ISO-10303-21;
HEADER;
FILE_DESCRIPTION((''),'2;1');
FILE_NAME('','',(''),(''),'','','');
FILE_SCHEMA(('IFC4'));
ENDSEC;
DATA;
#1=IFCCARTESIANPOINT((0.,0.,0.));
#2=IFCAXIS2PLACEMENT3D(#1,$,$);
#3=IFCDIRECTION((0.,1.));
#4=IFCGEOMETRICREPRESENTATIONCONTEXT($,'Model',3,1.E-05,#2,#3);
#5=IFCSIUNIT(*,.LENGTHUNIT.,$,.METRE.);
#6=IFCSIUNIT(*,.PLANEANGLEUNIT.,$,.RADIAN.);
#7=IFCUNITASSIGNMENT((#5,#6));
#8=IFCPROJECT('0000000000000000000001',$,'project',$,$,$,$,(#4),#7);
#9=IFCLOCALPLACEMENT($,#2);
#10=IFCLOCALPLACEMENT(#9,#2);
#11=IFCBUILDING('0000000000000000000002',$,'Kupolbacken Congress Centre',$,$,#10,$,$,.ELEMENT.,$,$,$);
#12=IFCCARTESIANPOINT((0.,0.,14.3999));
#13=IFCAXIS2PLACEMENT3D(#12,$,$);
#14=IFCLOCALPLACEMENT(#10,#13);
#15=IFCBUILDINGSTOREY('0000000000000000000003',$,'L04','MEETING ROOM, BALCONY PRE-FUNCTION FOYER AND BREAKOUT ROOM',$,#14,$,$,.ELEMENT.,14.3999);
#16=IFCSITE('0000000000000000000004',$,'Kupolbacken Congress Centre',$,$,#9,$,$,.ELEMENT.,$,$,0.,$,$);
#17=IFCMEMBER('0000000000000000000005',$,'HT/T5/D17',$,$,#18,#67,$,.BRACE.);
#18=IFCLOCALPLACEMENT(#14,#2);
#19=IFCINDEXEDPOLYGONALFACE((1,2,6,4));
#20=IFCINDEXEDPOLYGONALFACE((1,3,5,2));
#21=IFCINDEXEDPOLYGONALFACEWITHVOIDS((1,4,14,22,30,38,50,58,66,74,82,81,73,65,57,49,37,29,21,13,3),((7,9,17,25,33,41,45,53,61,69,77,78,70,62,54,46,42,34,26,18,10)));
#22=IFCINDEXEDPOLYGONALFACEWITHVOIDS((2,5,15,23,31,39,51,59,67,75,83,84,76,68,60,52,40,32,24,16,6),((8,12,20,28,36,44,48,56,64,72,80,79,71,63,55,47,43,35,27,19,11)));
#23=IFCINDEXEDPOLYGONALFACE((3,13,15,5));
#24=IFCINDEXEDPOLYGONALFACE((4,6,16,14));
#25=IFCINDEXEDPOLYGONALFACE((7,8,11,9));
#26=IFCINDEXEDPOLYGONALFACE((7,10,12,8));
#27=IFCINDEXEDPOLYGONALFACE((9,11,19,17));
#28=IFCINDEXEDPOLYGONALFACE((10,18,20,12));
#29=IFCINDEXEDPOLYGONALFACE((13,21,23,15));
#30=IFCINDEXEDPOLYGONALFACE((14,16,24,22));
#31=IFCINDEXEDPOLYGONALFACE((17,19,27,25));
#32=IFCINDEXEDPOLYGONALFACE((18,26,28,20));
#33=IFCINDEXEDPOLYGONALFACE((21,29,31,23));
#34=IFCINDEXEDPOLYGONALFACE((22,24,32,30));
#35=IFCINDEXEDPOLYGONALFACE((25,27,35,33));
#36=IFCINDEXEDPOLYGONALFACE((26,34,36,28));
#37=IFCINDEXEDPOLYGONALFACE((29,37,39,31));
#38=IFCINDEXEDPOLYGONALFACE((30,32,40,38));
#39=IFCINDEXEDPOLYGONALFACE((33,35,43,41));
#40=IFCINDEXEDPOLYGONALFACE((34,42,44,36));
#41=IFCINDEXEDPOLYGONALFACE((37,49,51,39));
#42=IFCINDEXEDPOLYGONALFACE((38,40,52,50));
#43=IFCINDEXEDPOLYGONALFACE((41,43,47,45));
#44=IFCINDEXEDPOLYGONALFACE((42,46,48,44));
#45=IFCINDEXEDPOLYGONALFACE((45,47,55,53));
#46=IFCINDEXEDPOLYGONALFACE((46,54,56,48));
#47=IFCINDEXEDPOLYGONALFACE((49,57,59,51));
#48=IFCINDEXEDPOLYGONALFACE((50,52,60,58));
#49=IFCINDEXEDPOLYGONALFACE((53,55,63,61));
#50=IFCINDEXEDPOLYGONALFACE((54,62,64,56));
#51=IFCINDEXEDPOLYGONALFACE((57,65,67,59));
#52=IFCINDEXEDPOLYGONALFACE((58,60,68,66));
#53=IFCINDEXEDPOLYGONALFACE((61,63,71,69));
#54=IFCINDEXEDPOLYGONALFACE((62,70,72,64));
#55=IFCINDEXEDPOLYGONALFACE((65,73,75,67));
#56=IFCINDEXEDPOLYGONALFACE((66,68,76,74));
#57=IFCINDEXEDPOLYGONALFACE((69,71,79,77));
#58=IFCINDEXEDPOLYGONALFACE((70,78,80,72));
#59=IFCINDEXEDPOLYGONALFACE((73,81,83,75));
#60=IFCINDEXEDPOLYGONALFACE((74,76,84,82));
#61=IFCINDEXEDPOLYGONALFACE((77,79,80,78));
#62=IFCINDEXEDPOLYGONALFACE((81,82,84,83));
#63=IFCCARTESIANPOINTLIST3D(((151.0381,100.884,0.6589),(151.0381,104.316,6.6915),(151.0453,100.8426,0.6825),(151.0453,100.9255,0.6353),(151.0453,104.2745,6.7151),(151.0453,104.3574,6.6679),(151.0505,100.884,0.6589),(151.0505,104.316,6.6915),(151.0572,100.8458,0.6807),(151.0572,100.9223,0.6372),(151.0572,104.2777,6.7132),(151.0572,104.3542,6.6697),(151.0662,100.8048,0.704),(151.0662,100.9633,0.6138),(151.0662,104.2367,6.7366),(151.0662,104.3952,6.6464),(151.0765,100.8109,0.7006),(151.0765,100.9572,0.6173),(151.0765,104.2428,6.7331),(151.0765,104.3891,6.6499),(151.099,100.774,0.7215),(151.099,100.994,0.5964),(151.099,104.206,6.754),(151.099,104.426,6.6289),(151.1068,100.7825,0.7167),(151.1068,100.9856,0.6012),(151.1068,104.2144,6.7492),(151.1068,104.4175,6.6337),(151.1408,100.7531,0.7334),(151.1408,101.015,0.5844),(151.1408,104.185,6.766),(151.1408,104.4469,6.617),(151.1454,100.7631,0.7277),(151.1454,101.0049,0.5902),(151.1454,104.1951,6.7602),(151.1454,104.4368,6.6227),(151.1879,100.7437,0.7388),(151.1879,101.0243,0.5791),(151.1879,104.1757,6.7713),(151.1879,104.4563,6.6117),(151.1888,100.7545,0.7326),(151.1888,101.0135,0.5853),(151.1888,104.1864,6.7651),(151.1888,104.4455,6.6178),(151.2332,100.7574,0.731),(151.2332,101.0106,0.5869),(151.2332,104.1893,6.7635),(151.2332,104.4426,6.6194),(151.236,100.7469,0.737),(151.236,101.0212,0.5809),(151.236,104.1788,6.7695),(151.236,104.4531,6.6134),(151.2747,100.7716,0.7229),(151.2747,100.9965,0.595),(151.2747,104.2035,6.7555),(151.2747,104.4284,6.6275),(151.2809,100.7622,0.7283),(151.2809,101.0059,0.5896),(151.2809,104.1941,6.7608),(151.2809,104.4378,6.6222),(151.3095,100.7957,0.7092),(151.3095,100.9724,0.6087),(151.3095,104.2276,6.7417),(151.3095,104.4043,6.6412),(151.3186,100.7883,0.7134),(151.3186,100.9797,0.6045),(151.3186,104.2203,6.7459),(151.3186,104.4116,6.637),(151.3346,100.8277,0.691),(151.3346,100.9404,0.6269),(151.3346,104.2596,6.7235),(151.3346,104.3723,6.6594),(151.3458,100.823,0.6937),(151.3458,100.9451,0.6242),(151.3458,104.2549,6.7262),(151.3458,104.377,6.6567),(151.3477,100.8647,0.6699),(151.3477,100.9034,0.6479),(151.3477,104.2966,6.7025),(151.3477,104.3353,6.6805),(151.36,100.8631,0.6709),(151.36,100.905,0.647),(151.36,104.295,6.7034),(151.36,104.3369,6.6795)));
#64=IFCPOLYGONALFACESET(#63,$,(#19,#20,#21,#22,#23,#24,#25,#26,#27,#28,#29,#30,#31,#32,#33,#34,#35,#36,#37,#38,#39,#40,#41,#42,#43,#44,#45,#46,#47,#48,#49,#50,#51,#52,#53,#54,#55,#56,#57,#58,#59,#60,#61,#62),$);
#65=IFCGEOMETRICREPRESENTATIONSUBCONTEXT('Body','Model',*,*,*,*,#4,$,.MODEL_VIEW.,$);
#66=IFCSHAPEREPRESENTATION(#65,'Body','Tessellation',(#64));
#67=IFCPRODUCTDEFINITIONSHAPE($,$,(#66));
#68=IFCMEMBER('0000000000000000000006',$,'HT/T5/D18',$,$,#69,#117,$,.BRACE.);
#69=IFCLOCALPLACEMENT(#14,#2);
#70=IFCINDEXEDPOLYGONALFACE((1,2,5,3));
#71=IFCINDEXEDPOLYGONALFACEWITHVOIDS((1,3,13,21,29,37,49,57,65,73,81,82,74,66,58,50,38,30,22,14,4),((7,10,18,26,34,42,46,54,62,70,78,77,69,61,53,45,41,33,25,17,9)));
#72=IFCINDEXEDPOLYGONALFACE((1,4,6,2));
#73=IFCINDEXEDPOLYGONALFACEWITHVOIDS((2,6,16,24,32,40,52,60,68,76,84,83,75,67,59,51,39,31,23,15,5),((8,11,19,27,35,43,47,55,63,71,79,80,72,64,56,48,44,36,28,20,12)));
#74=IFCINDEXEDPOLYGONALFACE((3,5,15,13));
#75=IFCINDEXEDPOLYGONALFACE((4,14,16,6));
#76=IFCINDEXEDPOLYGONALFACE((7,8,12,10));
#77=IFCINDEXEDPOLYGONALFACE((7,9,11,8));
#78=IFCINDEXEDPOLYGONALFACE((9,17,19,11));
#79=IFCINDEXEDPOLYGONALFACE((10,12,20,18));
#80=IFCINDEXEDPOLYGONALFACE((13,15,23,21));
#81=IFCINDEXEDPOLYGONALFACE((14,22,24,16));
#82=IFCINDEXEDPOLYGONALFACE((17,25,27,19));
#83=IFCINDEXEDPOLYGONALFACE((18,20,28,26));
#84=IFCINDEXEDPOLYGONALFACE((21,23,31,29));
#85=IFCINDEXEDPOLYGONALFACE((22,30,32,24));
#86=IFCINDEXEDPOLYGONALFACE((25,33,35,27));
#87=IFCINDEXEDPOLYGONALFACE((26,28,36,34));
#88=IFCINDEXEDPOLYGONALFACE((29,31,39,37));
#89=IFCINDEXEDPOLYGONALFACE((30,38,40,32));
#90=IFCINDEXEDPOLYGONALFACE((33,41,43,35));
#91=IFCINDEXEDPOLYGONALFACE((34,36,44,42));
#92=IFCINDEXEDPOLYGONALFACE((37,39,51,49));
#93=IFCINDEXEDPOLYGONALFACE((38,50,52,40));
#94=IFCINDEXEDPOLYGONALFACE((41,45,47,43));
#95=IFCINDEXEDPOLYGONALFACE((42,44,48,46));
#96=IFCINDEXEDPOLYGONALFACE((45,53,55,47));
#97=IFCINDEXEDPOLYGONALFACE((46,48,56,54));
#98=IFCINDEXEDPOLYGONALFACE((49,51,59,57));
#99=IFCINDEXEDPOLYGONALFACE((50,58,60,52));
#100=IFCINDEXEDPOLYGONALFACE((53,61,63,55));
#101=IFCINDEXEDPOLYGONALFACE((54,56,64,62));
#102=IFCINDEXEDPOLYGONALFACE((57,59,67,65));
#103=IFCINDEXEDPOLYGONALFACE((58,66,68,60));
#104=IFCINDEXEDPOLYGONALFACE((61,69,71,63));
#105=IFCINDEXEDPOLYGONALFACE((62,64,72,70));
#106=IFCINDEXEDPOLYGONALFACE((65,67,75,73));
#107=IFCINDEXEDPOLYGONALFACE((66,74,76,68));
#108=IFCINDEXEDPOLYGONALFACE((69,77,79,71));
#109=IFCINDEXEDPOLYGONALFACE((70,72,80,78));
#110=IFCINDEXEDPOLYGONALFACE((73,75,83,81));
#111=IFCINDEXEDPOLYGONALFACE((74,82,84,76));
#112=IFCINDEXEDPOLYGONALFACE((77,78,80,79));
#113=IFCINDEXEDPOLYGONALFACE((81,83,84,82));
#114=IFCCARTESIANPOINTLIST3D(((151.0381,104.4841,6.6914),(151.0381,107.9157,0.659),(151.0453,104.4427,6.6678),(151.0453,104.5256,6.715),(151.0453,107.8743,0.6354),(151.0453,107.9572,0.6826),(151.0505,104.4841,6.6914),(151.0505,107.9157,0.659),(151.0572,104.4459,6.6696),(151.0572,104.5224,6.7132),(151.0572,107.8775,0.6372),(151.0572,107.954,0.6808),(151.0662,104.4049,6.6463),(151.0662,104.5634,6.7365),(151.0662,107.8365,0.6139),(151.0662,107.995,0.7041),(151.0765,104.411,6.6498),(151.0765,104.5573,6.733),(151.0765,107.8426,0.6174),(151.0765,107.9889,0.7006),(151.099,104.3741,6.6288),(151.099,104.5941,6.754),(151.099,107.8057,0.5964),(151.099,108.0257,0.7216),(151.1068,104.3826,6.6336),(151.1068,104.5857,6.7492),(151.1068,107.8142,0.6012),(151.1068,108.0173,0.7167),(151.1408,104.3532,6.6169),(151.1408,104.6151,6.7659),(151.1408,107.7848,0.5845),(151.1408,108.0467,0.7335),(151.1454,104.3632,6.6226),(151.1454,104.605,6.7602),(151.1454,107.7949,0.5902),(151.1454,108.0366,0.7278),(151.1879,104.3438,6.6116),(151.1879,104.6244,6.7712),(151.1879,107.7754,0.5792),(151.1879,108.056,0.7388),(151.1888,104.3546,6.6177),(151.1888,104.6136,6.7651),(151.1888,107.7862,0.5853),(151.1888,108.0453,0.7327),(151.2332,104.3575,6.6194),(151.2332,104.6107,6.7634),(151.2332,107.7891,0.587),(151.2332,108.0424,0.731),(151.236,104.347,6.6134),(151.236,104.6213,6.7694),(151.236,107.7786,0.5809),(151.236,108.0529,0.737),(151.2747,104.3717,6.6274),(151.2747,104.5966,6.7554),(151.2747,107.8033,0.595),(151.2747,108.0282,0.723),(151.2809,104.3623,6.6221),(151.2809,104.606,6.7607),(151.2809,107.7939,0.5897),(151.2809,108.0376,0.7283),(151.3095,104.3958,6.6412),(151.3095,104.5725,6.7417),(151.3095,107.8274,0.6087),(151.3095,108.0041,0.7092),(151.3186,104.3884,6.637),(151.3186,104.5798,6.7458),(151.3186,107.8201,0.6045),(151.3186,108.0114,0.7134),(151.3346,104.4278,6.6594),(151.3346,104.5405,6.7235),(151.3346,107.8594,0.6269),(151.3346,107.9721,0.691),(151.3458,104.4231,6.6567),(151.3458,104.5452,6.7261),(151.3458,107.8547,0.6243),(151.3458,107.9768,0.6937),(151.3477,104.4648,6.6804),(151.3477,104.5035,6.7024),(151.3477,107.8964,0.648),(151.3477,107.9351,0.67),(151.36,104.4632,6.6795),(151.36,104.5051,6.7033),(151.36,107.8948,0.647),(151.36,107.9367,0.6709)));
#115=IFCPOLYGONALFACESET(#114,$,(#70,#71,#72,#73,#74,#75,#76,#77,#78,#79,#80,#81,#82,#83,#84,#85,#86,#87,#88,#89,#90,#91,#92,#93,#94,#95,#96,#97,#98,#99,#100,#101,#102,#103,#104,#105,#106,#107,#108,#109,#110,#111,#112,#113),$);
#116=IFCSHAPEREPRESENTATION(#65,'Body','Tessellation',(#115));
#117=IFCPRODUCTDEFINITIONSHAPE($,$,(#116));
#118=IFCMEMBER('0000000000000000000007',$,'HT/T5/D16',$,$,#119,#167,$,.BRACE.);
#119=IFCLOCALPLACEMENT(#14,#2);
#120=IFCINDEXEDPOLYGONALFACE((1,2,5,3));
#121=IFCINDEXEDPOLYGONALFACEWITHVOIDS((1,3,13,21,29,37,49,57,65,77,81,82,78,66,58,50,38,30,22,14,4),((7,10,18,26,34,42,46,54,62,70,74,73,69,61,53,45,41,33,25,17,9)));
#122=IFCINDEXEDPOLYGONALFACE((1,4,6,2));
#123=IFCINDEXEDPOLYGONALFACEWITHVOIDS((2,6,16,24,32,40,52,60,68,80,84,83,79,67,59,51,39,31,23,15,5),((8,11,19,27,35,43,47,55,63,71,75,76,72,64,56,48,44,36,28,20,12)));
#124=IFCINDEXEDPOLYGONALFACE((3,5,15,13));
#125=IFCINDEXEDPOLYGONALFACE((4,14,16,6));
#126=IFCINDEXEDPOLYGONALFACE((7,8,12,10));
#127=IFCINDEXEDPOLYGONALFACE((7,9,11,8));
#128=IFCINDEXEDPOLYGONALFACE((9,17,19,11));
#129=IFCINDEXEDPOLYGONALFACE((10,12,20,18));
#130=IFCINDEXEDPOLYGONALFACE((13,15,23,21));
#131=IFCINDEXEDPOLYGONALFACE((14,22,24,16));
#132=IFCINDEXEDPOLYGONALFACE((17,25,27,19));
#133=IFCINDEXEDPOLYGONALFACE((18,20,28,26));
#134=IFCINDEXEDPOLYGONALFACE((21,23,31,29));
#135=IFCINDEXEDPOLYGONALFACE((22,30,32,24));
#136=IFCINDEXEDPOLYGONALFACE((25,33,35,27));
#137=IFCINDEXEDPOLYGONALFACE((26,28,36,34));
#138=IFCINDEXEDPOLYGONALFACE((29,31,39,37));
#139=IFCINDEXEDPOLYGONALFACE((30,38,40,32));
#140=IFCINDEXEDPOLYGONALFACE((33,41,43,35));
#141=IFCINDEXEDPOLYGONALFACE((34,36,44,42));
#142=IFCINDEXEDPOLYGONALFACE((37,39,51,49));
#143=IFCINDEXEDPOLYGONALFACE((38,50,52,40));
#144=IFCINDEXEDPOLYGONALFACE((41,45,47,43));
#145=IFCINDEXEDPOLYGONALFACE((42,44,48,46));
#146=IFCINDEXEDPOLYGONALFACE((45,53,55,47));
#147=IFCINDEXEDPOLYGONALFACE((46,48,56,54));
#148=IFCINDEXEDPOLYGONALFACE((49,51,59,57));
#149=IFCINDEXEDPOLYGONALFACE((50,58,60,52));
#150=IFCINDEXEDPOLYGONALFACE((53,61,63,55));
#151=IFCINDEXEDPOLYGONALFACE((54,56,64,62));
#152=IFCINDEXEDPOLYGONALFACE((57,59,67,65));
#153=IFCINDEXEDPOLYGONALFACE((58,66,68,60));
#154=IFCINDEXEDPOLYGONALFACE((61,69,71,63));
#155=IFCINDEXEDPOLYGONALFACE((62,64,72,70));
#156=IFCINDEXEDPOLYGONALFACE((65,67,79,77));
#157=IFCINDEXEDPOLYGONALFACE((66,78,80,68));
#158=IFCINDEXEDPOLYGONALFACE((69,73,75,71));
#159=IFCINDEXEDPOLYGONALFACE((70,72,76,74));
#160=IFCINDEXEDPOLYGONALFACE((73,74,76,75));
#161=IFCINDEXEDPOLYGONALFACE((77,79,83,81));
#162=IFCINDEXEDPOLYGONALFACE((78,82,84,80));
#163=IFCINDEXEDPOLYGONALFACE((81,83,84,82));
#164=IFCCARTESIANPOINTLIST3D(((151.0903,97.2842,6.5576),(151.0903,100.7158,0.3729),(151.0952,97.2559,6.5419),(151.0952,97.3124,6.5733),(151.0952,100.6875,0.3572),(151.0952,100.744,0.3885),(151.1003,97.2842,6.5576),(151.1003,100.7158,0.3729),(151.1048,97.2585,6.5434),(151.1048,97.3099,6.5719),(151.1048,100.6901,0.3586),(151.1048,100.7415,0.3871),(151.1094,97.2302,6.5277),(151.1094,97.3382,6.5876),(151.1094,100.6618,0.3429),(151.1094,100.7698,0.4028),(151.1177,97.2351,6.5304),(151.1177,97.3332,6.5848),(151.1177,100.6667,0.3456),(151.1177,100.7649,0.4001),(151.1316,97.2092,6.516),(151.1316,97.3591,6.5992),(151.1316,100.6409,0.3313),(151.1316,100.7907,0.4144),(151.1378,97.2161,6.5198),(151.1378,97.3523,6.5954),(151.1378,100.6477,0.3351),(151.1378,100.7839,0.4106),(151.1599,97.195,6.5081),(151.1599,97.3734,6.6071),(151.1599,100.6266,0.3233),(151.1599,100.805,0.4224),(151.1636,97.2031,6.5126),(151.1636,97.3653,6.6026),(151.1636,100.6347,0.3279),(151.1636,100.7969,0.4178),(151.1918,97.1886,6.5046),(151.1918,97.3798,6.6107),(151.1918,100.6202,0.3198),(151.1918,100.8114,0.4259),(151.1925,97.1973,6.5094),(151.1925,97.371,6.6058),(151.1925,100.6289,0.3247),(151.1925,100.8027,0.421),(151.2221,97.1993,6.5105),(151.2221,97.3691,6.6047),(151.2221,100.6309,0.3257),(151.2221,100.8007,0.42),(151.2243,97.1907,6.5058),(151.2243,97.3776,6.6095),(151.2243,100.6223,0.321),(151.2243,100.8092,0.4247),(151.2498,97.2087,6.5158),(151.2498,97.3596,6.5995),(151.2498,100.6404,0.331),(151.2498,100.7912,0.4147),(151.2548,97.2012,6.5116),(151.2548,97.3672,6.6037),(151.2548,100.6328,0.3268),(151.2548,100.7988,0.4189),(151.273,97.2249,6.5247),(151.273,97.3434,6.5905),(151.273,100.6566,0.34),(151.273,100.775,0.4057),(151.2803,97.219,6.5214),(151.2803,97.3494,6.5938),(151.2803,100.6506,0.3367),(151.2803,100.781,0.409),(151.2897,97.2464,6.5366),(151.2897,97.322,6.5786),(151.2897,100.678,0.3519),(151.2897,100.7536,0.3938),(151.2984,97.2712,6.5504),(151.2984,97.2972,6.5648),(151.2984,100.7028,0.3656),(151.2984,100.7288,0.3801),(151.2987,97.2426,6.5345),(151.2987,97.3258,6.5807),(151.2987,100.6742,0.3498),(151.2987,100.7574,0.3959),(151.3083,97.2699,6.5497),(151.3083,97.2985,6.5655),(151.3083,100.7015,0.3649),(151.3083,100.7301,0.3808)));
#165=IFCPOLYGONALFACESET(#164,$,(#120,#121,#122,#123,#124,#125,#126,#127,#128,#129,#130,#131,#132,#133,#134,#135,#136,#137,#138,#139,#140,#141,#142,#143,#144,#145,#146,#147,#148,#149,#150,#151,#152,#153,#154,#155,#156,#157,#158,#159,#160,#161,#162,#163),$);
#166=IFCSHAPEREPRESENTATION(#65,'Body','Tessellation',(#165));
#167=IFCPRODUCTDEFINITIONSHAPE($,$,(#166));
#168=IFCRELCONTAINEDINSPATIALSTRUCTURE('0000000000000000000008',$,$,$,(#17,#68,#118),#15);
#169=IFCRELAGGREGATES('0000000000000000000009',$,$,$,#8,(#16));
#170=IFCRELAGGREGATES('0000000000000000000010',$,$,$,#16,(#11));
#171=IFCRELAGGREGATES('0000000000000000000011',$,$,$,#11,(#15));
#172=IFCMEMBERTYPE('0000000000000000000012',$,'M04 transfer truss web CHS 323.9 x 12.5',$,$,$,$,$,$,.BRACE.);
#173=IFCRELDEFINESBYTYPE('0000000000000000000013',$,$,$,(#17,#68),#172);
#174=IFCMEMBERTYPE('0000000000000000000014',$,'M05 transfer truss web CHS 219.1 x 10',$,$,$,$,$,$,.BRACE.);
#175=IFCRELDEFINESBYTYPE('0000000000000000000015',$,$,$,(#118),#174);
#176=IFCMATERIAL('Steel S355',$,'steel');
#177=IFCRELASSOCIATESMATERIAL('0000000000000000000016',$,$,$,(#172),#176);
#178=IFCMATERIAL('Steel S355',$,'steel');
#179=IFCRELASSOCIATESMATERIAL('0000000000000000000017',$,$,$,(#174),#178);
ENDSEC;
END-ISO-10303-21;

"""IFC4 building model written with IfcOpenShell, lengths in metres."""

from ifc_helpers import new_model, si_unit, direction, frame, origin, origin_2d, place, context, subcontext, project, spatial, hollow_circle, extrude, material, material_profile, profile_set, type_object, element, save


model = new_model("IFC4")

# Units and contexts
model_context = context("Model", 3, precision=1e-05, world=origin(), true_north=direction((0.0, 1.0)))
body_context = subcontext(model_context, "Body", "Model", "MODEL_VIEW")
ifc_project = project(units=[si_unit("LENGTHUNIT", "METRE"), si_unit("PLANEANGLEUNIT", "RADIAN")], contexts=[model_context])

# Site, building, storey
site_placement = place(None, origin())
site = spatial("IfcSite", under=ifc_project, at=site_placement, Name="Kupolbacken Congress Centre", CompositionType="ELEMENT", RefElevation=0.0)
building_placement = place(site_placement, origin())
building = spatial("IfcBuilding", under=site, at=building_placement, Name="Kupolbacken Congress Centre", CompositionType="ELEMENT")
storey_placement = place(building_placement, frame((0.0, 0.0, 14.3999)))
storey = spatial("IfcBuildingStorey", under=building, at=storey_placement, Name="L04", Description="MEETING ROOM, BALCONY PRE-FUNCTION FOYER AND BREAKOUT ROOM", CompositionType="ELEMENT", Elevation=14.3999)

# Members
ifc_material_1 = material(Name="Steel S355", Category="steel")
ifc_material_profile_1 = material_profile(ifc_material_1, hollow_circle(Radius=0.1619, WallThickness=0.0125, at=origin_2d()), Name="CHS 323.9 x 12.5")
ifc_profile_set_1 = profile_set([ifc_material_profile_1], Name="Steel S355")
member_type_1 = type_object("IfcMemberType", Name="M04 transfer truss web CHS 323.9 x 12.5", PredefinedType="BRACE", material=ifc_profile_set_1)
member_1_placement = place(storey_placement, frame((151.2, 100.884, 0.6589), z_axis=(0.0, 0.494483, 0.869188), x_axis=(-1.0, 0.0, 0.0)))
element("IfcMember", 1, at=member_1_placement, inside=storey, type_object=member_type_1, Name="HT/T5/D17", PredefinedType="BRACE", context=body_context, shape_type="SweptSolid", body=[
    extrude(hollow_circle(Radius=0.1619, WallThickness=0.0125, at=origin_2d()), origin(), (0.0, 0.0, 1.0), 6.9404),
])
member_2_placement = place(storey_placement, frame((151.2, 104.4841, 6.6914), z_axis=(0.0, 0.494456, -0.869203), x_axis=(-1.0, 0.0, 0.0)))
element("IfcMember", 2, at=member_2_placement, inside=storey, type_object=member_type_1, Name="HT/T5/D18", PredefinedType="BRACE", context=body_context, shape_type="SweptSolid", body=[
    extrude(hollow_circle(Radius=0.1619, WallThickness=0.0125, at=origin_2d()), origin(), (0.0, 0.0, 1.0), 6.9402),
])
ifc_material_2 = material(Name="Steel S355", Category="steel")
ifc_material_profile_2 = material_profile(ifc_material_2, hollow_circle(Radius=0.1096, WallThickness=0.01, at=origin_2d()), Name="CHS 219.1 x 10")
ifc_profile_set_2 = profile_set([ifc_material_profile_2], Name="Steel S355")
member_type_2 = type_object("IfcMemberType", Name="M05 transfer truss web CHS 219.1 x 10", PredefinedType="BRACE", material=ifc_profile_set_2)
for number, where, z_axis, x_axis, name in (
    (3, (151.2, 97.2842, 6.5576), (0.0, 0.485171, -0.874419), (-1.0, 0.0, 0.0), "HT/T5/D16"),
):
    element("IfcMember", number, at=place(storey_placement, frame(where, z_axis=z_axis, x_axis=x_axis)), inside=storey, type_object=member_type_2, Name=name, PredefinedType="BRACE", context=body_context, shape_type="SweptSolid", body=[
        extrude(hollow_circle(Radius=0.1096, WallThickness=0.01, at=origin_2d()), origin(), (0.0, 0.0, 1.0), 7.073),
    ])

save(model, "model.ifc")
